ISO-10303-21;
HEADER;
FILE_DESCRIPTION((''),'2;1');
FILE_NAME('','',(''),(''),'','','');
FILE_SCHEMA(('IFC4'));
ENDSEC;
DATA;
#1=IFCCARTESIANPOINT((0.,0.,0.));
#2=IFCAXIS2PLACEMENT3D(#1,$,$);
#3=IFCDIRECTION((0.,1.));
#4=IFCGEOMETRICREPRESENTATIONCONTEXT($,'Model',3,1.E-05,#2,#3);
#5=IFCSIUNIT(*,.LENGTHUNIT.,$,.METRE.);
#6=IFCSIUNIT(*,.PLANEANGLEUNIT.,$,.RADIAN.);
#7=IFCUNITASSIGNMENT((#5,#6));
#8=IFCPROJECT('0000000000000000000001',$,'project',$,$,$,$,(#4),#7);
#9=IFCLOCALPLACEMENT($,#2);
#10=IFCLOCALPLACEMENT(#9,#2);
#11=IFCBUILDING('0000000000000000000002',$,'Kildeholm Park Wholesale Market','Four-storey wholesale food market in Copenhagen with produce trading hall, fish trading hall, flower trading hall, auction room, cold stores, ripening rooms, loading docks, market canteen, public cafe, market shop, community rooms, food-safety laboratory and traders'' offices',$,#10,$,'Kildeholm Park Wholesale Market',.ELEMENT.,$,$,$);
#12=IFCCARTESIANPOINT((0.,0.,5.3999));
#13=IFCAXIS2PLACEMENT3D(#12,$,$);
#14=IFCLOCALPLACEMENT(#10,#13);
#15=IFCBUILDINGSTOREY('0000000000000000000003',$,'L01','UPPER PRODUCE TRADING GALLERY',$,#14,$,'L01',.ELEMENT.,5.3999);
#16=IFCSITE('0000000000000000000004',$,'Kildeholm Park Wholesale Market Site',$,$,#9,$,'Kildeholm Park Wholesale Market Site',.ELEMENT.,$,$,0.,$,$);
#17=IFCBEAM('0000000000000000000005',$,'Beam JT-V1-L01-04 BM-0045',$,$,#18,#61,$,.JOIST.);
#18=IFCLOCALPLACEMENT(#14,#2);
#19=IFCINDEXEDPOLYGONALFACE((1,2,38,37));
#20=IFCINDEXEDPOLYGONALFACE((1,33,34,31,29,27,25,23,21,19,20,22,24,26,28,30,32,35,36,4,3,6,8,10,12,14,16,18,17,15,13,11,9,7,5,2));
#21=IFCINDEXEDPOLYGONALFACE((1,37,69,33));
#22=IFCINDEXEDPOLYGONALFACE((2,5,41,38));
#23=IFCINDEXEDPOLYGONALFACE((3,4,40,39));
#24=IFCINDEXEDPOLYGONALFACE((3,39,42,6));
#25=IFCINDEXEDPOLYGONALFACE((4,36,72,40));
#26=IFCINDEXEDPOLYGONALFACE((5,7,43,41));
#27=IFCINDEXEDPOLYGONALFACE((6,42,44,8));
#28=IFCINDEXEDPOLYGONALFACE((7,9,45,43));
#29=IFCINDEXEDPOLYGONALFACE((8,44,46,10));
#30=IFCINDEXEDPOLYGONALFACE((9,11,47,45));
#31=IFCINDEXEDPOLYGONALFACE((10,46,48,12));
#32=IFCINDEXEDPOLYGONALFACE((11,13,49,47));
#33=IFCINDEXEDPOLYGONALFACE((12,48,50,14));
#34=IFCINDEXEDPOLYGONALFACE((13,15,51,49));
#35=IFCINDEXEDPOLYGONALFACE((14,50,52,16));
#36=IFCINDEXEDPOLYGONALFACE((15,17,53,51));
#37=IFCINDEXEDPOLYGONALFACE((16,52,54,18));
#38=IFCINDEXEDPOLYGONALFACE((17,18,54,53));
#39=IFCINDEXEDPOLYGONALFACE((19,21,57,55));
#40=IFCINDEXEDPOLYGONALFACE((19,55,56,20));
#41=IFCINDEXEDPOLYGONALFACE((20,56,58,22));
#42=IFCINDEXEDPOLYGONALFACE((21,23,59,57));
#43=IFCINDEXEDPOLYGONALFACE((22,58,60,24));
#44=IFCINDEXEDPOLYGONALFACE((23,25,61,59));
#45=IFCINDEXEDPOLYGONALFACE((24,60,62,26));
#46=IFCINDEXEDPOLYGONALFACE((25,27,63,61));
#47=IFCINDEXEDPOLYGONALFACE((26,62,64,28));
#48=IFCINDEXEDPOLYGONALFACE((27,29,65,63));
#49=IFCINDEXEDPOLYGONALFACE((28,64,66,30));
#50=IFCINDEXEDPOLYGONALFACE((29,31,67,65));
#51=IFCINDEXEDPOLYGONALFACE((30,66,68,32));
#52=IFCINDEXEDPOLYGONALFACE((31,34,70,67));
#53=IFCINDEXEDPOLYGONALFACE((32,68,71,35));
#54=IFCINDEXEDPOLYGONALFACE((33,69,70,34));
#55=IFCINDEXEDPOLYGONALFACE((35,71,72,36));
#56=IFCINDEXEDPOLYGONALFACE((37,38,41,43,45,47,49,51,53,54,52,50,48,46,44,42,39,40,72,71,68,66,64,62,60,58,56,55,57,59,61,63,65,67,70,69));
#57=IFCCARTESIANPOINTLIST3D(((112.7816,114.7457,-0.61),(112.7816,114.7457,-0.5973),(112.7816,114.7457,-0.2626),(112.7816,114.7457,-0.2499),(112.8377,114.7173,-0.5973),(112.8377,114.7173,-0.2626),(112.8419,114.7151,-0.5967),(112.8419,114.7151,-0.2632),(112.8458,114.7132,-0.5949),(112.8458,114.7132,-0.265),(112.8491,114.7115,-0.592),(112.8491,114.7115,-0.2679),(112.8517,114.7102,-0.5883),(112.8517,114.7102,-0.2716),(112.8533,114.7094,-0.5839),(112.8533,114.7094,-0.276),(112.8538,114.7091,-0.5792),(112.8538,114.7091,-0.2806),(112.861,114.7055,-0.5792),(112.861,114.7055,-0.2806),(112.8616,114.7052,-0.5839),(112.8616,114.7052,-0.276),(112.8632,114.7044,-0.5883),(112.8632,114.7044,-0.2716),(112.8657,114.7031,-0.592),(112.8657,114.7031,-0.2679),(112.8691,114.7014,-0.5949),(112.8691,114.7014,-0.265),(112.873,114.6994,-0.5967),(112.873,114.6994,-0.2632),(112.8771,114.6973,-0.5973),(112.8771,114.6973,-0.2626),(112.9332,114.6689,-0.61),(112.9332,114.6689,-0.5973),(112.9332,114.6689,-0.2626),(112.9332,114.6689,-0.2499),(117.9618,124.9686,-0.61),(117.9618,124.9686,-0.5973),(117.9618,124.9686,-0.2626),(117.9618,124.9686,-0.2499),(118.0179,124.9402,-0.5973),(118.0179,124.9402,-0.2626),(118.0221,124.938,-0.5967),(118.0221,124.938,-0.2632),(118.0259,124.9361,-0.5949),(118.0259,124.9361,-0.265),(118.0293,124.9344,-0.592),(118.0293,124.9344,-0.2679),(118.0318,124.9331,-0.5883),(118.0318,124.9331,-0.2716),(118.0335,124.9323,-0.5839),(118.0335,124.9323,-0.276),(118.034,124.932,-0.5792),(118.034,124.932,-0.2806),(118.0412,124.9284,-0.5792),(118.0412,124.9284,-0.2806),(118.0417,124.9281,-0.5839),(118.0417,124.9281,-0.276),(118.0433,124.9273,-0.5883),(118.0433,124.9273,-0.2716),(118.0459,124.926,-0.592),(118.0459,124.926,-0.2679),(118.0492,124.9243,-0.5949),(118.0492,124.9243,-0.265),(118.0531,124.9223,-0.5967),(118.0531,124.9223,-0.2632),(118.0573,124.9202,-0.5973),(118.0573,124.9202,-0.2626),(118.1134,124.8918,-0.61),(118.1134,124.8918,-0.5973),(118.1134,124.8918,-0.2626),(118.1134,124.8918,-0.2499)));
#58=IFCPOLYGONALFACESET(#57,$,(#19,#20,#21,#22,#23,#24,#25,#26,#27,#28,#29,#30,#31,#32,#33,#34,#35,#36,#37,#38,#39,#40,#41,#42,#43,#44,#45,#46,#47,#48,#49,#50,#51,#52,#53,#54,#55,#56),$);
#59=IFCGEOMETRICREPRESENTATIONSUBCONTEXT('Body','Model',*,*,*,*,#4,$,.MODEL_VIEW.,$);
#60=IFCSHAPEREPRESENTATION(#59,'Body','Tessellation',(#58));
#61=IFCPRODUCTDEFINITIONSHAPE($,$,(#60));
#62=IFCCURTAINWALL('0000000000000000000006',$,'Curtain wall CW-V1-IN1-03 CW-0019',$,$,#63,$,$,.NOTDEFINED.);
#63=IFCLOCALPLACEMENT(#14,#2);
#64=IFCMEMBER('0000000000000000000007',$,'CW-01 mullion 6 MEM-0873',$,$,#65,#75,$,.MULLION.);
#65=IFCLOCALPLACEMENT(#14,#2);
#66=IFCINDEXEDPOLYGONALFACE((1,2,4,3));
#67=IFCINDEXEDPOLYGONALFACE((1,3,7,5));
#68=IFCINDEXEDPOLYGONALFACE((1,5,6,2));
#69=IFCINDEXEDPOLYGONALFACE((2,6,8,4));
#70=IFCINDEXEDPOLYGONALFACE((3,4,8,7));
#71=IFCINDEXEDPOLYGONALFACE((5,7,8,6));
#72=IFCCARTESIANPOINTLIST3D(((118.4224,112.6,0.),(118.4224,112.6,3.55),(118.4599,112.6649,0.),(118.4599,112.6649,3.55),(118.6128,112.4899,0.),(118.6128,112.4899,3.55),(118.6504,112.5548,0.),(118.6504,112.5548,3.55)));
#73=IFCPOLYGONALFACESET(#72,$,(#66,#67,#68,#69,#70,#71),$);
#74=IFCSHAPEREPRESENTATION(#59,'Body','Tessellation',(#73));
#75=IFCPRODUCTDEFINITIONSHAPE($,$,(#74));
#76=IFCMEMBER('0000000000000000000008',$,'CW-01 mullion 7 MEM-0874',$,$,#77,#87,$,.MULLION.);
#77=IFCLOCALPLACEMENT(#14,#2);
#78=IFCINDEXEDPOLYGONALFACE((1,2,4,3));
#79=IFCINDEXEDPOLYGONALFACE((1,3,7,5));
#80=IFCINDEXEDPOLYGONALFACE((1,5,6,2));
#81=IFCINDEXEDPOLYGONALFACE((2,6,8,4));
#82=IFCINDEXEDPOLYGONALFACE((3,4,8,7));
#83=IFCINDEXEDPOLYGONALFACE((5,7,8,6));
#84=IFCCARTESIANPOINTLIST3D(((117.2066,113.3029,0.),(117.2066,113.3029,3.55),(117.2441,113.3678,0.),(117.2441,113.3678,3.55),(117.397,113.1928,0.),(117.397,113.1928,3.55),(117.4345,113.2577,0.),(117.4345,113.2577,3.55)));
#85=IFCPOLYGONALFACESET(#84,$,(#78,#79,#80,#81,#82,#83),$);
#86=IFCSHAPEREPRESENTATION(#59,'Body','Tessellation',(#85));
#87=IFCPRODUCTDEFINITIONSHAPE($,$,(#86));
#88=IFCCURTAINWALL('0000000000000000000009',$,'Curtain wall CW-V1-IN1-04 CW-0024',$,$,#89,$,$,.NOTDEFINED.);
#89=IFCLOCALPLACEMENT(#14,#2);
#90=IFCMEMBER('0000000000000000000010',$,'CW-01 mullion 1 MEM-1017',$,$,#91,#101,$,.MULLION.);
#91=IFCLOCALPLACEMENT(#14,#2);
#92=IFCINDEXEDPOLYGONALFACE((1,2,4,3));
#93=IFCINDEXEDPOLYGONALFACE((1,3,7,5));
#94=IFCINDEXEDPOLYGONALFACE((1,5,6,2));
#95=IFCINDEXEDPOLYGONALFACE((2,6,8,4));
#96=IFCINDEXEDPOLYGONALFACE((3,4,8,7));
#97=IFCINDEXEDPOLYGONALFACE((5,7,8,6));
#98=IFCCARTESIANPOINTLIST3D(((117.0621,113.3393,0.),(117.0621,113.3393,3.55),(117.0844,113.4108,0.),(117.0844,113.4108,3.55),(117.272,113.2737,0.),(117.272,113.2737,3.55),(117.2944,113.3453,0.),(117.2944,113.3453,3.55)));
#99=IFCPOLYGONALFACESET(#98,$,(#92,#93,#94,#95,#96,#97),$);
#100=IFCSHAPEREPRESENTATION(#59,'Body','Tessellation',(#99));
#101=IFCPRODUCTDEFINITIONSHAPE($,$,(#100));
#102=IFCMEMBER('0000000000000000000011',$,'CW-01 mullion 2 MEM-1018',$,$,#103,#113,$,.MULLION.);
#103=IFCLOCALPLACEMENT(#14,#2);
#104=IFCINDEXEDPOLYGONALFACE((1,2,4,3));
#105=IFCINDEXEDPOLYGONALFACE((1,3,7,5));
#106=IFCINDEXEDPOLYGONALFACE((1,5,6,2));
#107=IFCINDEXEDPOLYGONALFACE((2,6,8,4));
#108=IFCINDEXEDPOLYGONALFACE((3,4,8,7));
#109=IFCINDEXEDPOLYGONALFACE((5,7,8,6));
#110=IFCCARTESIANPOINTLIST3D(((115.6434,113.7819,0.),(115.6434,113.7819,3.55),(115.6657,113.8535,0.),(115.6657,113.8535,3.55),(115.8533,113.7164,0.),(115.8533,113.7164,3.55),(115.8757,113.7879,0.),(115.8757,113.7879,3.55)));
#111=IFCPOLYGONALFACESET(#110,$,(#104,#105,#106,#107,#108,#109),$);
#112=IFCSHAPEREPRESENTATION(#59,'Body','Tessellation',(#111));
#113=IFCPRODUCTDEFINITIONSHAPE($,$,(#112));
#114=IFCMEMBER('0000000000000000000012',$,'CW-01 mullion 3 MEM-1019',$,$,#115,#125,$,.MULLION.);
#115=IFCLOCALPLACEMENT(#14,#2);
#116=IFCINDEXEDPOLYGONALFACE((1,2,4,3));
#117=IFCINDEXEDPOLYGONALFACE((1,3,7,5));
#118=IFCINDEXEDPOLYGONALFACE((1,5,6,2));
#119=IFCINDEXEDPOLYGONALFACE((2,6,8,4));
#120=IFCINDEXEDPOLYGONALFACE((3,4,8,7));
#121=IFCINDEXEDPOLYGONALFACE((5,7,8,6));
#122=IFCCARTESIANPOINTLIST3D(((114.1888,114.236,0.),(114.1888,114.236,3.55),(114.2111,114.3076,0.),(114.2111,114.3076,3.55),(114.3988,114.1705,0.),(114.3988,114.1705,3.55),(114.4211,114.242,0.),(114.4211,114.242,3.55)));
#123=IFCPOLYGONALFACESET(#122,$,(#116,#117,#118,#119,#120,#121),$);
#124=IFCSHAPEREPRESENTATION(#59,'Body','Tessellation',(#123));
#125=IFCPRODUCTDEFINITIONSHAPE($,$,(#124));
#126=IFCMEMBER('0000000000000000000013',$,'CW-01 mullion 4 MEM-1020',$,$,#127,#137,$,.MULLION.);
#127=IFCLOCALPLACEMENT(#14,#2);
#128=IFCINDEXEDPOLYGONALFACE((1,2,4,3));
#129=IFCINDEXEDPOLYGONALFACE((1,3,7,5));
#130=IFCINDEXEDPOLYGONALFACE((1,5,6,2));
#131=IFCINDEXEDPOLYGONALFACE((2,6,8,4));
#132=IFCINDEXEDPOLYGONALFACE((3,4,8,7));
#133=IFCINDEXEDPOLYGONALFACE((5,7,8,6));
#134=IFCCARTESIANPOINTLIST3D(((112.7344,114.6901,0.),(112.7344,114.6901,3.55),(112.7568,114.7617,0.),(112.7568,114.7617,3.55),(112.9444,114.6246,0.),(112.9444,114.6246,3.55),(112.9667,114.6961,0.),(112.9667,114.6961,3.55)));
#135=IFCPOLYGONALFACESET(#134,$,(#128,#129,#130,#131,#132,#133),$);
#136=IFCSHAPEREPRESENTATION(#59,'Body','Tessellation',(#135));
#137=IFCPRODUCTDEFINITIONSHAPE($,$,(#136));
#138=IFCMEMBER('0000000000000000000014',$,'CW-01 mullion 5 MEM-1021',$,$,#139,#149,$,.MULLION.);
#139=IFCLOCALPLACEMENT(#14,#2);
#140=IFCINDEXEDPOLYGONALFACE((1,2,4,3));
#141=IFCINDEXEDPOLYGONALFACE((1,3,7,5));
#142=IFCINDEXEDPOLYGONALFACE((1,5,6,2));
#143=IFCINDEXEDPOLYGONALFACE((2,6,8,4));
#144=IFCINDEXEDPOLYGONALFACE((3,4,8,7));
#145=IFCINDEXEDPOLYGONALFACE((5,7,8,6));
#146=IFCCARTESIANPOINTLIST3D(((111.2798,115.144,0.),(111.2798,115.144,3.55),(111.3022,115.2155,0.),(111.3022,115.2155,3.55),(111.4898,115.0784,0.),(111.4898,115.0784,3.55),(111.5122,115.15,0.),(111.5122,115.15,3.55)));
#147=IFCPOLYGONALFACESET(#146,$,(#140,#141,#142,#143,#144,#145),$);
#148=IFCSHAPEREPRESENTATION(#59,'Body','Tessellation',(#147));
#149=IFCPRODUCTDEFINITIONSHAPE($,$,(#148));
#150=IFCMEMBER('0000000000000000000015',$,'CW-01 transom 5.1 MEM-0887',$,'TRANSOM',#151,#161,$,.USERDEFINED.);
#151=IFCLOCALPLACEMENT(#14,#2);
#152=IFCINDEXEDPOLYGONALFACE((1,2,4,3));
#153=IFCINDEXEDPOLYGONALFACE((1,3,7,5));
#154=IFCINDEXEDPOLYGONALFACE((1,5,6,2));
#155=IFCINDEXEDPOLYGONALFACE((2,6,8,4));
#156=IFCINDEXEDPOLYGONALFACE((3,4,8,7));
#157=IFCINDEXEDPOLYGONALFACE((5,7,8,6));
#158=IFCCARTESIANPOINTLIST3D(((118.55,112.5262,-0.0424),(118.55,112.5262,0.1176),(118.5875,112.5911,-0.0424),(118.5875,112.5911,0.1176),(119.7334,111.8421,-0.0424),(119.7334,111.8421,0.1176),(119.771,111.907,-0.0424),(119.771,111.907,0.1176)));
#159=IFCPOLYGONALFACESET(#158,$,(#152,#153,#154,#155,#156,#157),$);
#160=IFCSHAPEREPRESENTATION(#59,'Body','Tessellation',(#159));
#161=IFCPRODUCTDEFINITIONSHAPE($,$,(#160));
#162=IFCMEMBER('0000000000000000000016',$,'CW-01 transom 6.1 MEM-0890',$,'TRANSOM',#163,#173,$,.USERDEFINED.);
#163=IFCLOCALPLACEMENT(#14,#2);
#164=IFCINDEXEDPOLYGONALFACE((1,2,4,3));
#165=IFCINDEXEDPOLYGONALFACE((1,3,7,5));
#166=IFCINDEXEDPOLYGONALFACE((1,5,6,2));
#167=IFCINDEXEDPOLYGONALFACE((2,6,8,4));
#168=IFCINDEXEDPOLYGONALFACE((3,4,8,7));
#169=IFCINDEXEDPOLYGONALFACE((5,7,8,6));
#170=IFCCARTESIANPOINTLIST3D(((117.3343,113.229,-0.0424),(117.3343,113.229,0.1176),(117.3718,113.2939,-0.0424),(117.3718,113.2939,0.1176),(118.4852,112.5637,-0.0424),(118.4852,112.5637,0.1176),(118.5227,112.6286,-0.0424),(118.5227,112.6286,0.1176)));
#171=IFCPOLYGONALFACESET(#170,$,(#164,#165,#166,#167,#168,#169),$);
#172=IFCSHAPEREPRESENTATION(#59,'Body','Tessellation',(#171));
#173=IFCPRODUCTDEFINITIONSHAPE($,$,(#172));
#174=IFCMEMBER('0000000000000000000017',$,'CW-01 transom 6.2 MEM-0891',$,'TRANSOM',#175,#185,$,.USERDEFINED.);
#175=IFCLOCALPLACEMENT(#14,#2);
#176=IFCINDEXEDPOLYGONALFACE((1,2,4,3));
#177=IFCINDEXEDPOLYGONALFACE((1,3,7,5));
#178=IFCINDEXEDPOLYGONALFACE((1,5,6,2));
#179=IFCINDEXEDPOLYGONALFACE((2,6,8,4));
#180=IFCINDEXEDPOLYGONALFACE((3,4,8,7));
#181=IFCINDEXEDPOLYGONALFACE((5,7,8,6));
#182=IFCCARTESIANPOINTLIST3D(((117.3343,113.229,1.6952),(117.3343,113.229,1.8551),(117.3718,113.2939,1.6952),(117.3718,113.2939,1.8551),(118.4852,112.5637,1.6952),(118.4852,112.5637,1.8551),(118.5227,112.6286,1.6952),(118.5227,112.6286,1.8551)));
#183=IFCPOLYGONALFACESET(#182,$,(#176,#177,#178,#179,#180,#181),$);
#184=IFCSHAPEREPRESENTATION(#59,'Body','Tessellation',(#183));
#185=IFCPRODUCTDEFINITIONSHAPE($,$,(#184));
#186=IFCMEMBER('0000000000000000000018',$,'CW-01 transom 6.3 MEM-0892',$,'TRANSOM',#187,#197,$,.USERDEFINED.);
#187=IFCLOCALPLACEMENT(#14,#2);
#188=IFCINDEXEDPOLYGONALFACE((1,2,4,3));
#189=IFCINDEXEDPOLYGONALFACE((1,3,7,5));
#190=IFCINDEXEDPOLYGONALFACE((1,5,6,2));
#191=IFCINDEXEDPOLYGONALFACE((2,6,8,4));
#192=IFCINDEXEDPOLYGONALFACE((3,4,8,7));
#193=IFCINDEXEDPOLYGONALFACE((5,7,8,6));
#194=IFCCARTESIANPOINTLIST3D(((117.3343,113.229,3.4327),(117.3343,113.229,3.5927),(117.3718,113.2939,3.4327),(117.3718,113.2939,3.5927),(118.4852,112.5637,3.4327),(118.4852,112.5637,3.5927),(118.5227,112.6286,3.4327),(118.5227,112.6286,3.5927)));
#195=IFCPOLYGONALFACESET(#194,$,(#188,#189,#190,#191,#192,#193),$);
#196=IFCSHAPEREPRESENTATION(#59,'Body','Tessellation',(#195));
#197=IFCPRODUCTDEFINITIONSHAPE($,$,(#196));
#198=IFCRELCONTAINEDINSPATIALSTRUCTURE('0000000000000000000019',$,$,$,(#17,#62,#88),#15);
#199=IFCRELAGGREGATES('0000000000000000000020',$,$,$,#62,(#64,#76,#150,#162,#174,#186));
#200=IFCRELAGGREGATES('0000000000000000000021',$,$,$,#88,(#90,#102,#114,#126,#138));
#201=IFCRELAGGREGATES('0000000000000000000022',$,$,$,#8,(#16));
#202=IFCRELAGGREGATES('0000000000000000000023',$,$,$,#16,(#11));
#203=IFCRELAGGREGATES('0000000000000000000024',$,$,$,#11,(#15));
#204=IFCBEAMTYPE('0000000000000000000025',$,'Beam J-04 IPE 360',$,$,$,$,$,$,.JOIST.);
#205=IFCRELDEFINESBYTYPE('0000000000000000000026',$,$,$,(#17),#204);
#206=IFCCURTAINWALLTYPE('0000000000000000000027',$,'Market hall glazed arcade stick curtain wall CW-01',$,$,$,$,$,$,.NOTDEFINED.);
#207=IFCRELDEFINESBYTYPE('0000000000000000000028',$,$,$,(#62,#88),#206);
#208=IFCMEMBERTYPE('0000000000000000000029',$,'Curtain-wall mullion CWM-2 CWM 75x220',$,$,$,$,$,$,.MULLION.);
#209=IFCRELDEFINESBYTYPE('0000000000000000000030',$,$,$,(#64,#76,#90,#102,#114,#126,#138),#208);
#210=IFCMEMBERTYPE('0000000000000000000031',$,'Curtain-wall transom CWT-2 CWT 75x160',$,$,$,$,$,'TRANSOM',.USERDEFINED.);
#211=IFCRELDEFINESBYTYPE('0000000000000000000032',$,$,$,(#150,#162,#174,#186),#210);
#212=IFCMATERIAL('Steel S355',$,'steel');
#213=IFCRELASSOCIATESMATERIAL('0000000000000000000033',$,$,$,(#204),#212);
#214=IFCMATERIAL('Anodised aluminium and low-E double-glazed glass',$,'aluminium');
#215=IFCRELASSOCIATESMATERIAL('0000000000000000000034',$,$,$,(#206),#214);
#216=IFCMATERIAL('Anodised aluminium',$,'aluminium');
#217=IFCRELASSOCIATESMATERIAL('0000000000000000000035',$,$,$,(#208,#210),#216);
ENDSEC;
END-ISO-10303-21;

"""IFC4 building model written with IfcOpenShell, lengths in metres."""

from ifc_helpers import new_model, si_unit, direction, frame, origin, origin_2d, place, context, subcontext, project, spatial, rectangle, i_section, extrude, material, material_profile, profile_set, type_object, element, aggregate, save


model = new_model("IFC4")

# Units and contexts
model_context = context("Model", 3, precision=1e-05, world=origin(), true_north=direction((0.0, 1.0)))
body_context = subcontext(model_context, "Body", "Model", "MODEL_VIEW")
ifc_project = project(units=[si_unit("LENGTHUNIT", "METRE"), si_unit("PLANEANGLEUNIT", "RADIAN")], contexts=[model_context])

# Site, building, storey
site_placement = place(None, origin())
site = spatial("IfcSite", under=ifc_project, at=site_placement, Name="Kildeholm Park Wholesale Market Site", LongName="Kildeholm Park Wholesale Market Site", CompositionType="ELEMENT", RefElevation=0.0)
building_placement = place(site_placement, origin())
building = spatial("IfcBuilding", under=site, at=building_placement, Name="Kildeholm Park Wholesale Market", Description="Four-storey wholesale food market in Copenhagen with produce trading hall, fish trading hall, flower trading hall, auction room, cold stores, ripening rooms, loading docks, market canteen, public cafe, market shop, community rooms, food-safety laboratory and traders' offices", LongName="Kildeholm Park Wholesale Market", CompositionType="ELEMENT")
storey_placement = place(building_placement, frame((0.0, 0.0, 5.3999)))
storey = spatial("IfcBuildingStorey", under=building, at=storey_placement, Name="L01", Description="UPPER PRODUCE TRADING GALLERY", LongName="L01", CompositionType="ELEMENT", Elevation=5.3999)

# Shared definitions
ifc_material_1 = material(Name="Steel S355", Category="steel")

# Beam
ifc_material_profile_1 = material_profile(ifc_material_1, i_section(OverallWidth=0.1699, OverallDepth=0.3601, WebThickness=0.0081, FlangeThickness=0.0127, FilletRadius=0.0181, at=origin_2d()), Name="IPE 360")
ifc_profile_set_1 = profile_set([ifc_material_profile_1], Name="Steel S355")
beam_type_1 = type_object("IfcBeamType", Name="Beam J-04 IPE 360", PredefinedType="JOIST", material=ifc_profile_set_1)
beam_1_placement = place(storey_placement, frame((112.8574, 114.7073, -0.4299), z_axis=(0.452005, 0.892016, 0.0), x_axis=(-0.892016, 0.452005, 0.0)))
element("IfcBeam", 1, at=beam_1_placement, inside=storey, type_object=beam_type_1, Name="Beam JT-V1-L01-04 BM-0045", PredefinedType="JOIST", context=body_context, shape_type="SweptSolid", body=[
    extrude(i_section(OverallWidth=0.1699, OverallDepth=0.3601, WebThickness=0.0081, FlangeThickness=0.0127, FilletRadius=0.0181, at=origin_2d()), origin(), (0.0, 0.0, 1.0), 11.4604),
])

# Curtain walls, members
ifc_material_2 = material(Name="Anodised aluminium and low-E double-glazed glass", Category="aluminium")
curtain_wall_type = type_object("IfcCurtainWallType", Name="Market hall glazed arcade stick curtain wall CW-01", PredefinedType="NOTDEFINED", material=ifc_material_2)
curtain_wall_1_placement = place(storey_placement, origin())
curtain_wall_1 = element("IfcCurtainWall", 2, at=curtain_wall_1_placement, inside=storey, type_object=curtain_wall_type, Name="Curtain wall CW-V1-IN1-03 CW-0019", PredefinedType="NOTDEFINED")
ifc_material_3 = material(Name="Anodised aluminium", Category="aluminium")
ifc_material_profile_2 = material_profile(ifc_material_3, rectangle(XDim=0.075, YDim=0.22, at=origin_2d()), Name="CWM 75x220")
ifc_profile_set_2 = profile_set([ifc_material_profile_2], Name="Anodised aluminium")
member_type_1 = type_object("IfcMemberType", Name="Curtain-wall mullion CWM-2 CWM 75x220", PredefinedType="MULLION", material=ifc_profile_set_2)
member_1_placement = place(storey_placement, frame((118.5364, 112.5774, 0.0), z_axis=(0.0, 0.0, 1.0), x_axis=(-0.500489, -0.865743, 0.0)))
member_1 = element("IfcMember", 3, at=member_1_placement, type_object=member_type_1, Name="CW-01 mullion 6 MEM-0873", PredefinedType="MULLION", context=body_context, shape_type="SweptSolid", body=[
    extrude(rectangle(XDim=0.075, YDim=0.22, at=origin_2d()), origin(), (0.0, 0.0, 1.0), 3.55),
])
member_2_placement = place(storey_placement, frame((117.3206, 113.2803, 0.0), z_axis=(0.0, 0.0, 1.0), x_axis=(-0.500489, -0.865743, 0.0)))
member_2 = element("IfcMember", 4, at=member_2_placement, type_object=member_type_1, Name="CW-01 mullion 7 MEM-0874", PredefinedType="MULLION", context=body_context, shape_type="SweptSolid", body=[
    extrude(rectangle(XDim=0.075, YDim=0.22, at=origin_2d()), origin(), (0.0, 0.0, 1.0), 3.55),
])
curtain_wall_2_placement = place(storey_placement, origin())
curtain_wall_2 = element("IfcCurtainWall", 5, at=curtain_wall_2_placement, inside=storey, type_object=curtain_wall_type, Name="Curtain wall CW-V1-IN1-04 CW-0024", PredefinedType="NOTDEFINED")
member_3_placement = place(storey_placement, frame((117.1782, 113.3423, 0.0), z_axis=(0.0, 0.0, 1.0), x_axis=(-0.297957, -0.954579, 0.0)))
member_3 = element("IfcMember", 6, at=member_3_placement, type_object=member_type_1, Name="CW-01 mullion 1 MEM-1017", PredefinedType="MULLION", context=body_context, shape_type="SweptSolid", body=[
    extrude(rectangle(XDim=0.075, YDim=0.22, at=origin_2d()), origin(), (0.0, 0.0, 1.0), 3.55),
])
member_4_placement = place(storey_placement, frame((115.7595, 113.7849, 0.0), z_axis=(0.0, 0.0, 1.0), x_axis=(-0.297957, -0.954579, 0.0)))
member_4 = element("IfcMember", 7, at=member_4_placement, type_object=member_type_1, Name="CW-01 mullion 2 MEM-1018", PredefinedType="MULLION", context=body_context, shape_type="SweptSolid", body=[
    extrude(rectangle(XDim=0.075, YDim=0.22, at=origin_2d()), origin(), (0.0, 0.0, 1.0), 3.55),
])
member_5_placement = place(storey_placement, frame((114.3049, 114.239, 0.0), z_axis=(0.0, 0.0, 1.0), x_axis=(-0.297957, -0.954579, 0.0)))
member_5 = element("IfcMember", 8, at=member_5_placement, type_object=member_type_1, Name="CW-01 mullion 3 MEM-1019", PredefinedType="MULLION", context=body_context, shape_type="SweptSolid", body=[
    extrude(rectangle(XDim=0.075, YDim=0.22, at=origin_2d()), origin(), (0.0, 0.0, 1.0), 3.55),
])
member_6_placement = place(storey_placement, frame((112.8506, 114.6931, 0.0), z_axis=(0.0, 0.0, 1.0), x_axis=(-0.297957, -0.954579, 0.0)))
member_6 = element("IfcMember", 9, at=member_6_placement, type_object=member_type_1, Name="CW-01 mullion 4 MEM-1020", PredefinedType="MULLION", context=body_context, shape_type="SweptSolid", body=[
    extrude(rectangle(XDim=0.075, YDim=0.22, at=origin_2d()), origin(), (0.0, 0.0, 1.0), 3.55),
])
member_7_placement = place(storey_placement, frame((111.396, 115.147, 0.0), z_axis=(0.0, 0.0, 1.0), x_axis=(-0.297957, -0.954579, 0.0)))
member_7 = element("IfcMember", 10, at=member_7_placement, type_object=member_type_1, Name="CW-01 mullion 5 MEM-1021", PredefinedType="MULLION", context=body_context, shape_type="SweptSolid", body=[
    extrude(rectangle(XDim=0.075, YDim=0.22, at=origin_2d()), origin(), (0.0, 0.0, 1.0), 3.55),
])

# Members
ifc_material_profile_3 = material_profile(ifc_material_3, rectangle(XDim=0.075, YDim=0.1599, at=origin_2d()), Name="CWT 75x160")
ifc_profile_set_3 = profile_set([ifc_material_profile_3], Name="Anodised aluminium")
member_type_2 = type_object("IfcMemberType", Name="Curtain-wall transom CWT-2 CWT 75x160", ElementType="TRANSOM", PredefinedType="USERDEFINED", material=ifc_profile_set_3)
member_8_placement = place(storey_placement, frame((119.7522, 111.8745, 0.0376), z_axis=(-0.865748, 0.50048, 0.0), x_axis=(-0.50048, -0.865748, 0.0)))
member_8 = element("IfcMember", 11, at=member_8_placement, type_object=member_type_2, Name="CW-01 transom 5.1 MEM-0887", ObjectType="TRANSOM", PredefinedType="USERDEFINED", context=body_context, shape_type="SweptSolid", body=[
    extrude(rectangle(XDim=0.075, YDim=0.1599, at=origin_2d()), origin(), (0.0, 0.0, 1.0), 1.3669),
])
member_9_placement = place(storey_placement, frame((118.5039, 112.5962, 0.0376), z_axis=(-0.865757, 0.500464, 0.0), x_axis=(-0.500464, -0.865757, 0.0)))
member_9 = element("IfcMember", 12, at=member_9_placement, type_object=member_type_2, Name="CW-01 transom 6.1 MEM-0890", ObjectType="TRANSOM", PredefinedType="USERDEFINED", context=body_context, shape_type="SweptSolid", body=[
    extrude(rectangle(XDim=0.075, YDim=0.1599, at=origin_2d()), origin(), (0.0, 0.0, 1.0), 1.3293),
])
member_10_placement = place(storey_placement, frame((118.5039, 112.5962, 1.7751), z_axis=(-0.865757, 0.500464, 0.0), x_axis=(-0.500464, -0.865757, 0.0)))
member_10 = element("IfcMember", 13, at=member_10_placement, type_object=member_type_2, Name="CW-01 transom 6.2 MEM-0891", ObjectType="TRANSOM", PredefinedType="USERDEFINED", context=body_context, shape_type="SweptSolid", body=[
    extrude(rectangle(XDim=0.075, YDim=0.1599, at=origin_2d()), origin(), (0.0, 0.0, 1.0), 1.3293),
])
member_11_placement = place(storey_placement, frame((118.5039, 112.5962, 3.5127), z_axis=(-0.865757, 0.500464, 0.0), x_axis=(-0.500464, -0.865757, 0.0)))
member_11 = element("IfcMember", 14, at=member_11_placement, type_object=member_type_2, Name="CW-01 transom 6.3 MEM-0892", ObjectType="TRANSOM", PredefinedType="USERDEFINED", context=body_context, shape_type="SweptSolid", body=[
    extrude(rectangle(XDim=0.075, YDim=0.1599, at=origin_2d()), origin(), (0.0, 0.0, 1.0), 1.3293),
])

aggregate(curtain_wall_1, [member_1, member_2, member_8, member_9, member_10, member_11])
aggregate(curtain_wall_2, [member_3, member_4, member_5, member_6, member_7])

save(model, "model.ifc")
